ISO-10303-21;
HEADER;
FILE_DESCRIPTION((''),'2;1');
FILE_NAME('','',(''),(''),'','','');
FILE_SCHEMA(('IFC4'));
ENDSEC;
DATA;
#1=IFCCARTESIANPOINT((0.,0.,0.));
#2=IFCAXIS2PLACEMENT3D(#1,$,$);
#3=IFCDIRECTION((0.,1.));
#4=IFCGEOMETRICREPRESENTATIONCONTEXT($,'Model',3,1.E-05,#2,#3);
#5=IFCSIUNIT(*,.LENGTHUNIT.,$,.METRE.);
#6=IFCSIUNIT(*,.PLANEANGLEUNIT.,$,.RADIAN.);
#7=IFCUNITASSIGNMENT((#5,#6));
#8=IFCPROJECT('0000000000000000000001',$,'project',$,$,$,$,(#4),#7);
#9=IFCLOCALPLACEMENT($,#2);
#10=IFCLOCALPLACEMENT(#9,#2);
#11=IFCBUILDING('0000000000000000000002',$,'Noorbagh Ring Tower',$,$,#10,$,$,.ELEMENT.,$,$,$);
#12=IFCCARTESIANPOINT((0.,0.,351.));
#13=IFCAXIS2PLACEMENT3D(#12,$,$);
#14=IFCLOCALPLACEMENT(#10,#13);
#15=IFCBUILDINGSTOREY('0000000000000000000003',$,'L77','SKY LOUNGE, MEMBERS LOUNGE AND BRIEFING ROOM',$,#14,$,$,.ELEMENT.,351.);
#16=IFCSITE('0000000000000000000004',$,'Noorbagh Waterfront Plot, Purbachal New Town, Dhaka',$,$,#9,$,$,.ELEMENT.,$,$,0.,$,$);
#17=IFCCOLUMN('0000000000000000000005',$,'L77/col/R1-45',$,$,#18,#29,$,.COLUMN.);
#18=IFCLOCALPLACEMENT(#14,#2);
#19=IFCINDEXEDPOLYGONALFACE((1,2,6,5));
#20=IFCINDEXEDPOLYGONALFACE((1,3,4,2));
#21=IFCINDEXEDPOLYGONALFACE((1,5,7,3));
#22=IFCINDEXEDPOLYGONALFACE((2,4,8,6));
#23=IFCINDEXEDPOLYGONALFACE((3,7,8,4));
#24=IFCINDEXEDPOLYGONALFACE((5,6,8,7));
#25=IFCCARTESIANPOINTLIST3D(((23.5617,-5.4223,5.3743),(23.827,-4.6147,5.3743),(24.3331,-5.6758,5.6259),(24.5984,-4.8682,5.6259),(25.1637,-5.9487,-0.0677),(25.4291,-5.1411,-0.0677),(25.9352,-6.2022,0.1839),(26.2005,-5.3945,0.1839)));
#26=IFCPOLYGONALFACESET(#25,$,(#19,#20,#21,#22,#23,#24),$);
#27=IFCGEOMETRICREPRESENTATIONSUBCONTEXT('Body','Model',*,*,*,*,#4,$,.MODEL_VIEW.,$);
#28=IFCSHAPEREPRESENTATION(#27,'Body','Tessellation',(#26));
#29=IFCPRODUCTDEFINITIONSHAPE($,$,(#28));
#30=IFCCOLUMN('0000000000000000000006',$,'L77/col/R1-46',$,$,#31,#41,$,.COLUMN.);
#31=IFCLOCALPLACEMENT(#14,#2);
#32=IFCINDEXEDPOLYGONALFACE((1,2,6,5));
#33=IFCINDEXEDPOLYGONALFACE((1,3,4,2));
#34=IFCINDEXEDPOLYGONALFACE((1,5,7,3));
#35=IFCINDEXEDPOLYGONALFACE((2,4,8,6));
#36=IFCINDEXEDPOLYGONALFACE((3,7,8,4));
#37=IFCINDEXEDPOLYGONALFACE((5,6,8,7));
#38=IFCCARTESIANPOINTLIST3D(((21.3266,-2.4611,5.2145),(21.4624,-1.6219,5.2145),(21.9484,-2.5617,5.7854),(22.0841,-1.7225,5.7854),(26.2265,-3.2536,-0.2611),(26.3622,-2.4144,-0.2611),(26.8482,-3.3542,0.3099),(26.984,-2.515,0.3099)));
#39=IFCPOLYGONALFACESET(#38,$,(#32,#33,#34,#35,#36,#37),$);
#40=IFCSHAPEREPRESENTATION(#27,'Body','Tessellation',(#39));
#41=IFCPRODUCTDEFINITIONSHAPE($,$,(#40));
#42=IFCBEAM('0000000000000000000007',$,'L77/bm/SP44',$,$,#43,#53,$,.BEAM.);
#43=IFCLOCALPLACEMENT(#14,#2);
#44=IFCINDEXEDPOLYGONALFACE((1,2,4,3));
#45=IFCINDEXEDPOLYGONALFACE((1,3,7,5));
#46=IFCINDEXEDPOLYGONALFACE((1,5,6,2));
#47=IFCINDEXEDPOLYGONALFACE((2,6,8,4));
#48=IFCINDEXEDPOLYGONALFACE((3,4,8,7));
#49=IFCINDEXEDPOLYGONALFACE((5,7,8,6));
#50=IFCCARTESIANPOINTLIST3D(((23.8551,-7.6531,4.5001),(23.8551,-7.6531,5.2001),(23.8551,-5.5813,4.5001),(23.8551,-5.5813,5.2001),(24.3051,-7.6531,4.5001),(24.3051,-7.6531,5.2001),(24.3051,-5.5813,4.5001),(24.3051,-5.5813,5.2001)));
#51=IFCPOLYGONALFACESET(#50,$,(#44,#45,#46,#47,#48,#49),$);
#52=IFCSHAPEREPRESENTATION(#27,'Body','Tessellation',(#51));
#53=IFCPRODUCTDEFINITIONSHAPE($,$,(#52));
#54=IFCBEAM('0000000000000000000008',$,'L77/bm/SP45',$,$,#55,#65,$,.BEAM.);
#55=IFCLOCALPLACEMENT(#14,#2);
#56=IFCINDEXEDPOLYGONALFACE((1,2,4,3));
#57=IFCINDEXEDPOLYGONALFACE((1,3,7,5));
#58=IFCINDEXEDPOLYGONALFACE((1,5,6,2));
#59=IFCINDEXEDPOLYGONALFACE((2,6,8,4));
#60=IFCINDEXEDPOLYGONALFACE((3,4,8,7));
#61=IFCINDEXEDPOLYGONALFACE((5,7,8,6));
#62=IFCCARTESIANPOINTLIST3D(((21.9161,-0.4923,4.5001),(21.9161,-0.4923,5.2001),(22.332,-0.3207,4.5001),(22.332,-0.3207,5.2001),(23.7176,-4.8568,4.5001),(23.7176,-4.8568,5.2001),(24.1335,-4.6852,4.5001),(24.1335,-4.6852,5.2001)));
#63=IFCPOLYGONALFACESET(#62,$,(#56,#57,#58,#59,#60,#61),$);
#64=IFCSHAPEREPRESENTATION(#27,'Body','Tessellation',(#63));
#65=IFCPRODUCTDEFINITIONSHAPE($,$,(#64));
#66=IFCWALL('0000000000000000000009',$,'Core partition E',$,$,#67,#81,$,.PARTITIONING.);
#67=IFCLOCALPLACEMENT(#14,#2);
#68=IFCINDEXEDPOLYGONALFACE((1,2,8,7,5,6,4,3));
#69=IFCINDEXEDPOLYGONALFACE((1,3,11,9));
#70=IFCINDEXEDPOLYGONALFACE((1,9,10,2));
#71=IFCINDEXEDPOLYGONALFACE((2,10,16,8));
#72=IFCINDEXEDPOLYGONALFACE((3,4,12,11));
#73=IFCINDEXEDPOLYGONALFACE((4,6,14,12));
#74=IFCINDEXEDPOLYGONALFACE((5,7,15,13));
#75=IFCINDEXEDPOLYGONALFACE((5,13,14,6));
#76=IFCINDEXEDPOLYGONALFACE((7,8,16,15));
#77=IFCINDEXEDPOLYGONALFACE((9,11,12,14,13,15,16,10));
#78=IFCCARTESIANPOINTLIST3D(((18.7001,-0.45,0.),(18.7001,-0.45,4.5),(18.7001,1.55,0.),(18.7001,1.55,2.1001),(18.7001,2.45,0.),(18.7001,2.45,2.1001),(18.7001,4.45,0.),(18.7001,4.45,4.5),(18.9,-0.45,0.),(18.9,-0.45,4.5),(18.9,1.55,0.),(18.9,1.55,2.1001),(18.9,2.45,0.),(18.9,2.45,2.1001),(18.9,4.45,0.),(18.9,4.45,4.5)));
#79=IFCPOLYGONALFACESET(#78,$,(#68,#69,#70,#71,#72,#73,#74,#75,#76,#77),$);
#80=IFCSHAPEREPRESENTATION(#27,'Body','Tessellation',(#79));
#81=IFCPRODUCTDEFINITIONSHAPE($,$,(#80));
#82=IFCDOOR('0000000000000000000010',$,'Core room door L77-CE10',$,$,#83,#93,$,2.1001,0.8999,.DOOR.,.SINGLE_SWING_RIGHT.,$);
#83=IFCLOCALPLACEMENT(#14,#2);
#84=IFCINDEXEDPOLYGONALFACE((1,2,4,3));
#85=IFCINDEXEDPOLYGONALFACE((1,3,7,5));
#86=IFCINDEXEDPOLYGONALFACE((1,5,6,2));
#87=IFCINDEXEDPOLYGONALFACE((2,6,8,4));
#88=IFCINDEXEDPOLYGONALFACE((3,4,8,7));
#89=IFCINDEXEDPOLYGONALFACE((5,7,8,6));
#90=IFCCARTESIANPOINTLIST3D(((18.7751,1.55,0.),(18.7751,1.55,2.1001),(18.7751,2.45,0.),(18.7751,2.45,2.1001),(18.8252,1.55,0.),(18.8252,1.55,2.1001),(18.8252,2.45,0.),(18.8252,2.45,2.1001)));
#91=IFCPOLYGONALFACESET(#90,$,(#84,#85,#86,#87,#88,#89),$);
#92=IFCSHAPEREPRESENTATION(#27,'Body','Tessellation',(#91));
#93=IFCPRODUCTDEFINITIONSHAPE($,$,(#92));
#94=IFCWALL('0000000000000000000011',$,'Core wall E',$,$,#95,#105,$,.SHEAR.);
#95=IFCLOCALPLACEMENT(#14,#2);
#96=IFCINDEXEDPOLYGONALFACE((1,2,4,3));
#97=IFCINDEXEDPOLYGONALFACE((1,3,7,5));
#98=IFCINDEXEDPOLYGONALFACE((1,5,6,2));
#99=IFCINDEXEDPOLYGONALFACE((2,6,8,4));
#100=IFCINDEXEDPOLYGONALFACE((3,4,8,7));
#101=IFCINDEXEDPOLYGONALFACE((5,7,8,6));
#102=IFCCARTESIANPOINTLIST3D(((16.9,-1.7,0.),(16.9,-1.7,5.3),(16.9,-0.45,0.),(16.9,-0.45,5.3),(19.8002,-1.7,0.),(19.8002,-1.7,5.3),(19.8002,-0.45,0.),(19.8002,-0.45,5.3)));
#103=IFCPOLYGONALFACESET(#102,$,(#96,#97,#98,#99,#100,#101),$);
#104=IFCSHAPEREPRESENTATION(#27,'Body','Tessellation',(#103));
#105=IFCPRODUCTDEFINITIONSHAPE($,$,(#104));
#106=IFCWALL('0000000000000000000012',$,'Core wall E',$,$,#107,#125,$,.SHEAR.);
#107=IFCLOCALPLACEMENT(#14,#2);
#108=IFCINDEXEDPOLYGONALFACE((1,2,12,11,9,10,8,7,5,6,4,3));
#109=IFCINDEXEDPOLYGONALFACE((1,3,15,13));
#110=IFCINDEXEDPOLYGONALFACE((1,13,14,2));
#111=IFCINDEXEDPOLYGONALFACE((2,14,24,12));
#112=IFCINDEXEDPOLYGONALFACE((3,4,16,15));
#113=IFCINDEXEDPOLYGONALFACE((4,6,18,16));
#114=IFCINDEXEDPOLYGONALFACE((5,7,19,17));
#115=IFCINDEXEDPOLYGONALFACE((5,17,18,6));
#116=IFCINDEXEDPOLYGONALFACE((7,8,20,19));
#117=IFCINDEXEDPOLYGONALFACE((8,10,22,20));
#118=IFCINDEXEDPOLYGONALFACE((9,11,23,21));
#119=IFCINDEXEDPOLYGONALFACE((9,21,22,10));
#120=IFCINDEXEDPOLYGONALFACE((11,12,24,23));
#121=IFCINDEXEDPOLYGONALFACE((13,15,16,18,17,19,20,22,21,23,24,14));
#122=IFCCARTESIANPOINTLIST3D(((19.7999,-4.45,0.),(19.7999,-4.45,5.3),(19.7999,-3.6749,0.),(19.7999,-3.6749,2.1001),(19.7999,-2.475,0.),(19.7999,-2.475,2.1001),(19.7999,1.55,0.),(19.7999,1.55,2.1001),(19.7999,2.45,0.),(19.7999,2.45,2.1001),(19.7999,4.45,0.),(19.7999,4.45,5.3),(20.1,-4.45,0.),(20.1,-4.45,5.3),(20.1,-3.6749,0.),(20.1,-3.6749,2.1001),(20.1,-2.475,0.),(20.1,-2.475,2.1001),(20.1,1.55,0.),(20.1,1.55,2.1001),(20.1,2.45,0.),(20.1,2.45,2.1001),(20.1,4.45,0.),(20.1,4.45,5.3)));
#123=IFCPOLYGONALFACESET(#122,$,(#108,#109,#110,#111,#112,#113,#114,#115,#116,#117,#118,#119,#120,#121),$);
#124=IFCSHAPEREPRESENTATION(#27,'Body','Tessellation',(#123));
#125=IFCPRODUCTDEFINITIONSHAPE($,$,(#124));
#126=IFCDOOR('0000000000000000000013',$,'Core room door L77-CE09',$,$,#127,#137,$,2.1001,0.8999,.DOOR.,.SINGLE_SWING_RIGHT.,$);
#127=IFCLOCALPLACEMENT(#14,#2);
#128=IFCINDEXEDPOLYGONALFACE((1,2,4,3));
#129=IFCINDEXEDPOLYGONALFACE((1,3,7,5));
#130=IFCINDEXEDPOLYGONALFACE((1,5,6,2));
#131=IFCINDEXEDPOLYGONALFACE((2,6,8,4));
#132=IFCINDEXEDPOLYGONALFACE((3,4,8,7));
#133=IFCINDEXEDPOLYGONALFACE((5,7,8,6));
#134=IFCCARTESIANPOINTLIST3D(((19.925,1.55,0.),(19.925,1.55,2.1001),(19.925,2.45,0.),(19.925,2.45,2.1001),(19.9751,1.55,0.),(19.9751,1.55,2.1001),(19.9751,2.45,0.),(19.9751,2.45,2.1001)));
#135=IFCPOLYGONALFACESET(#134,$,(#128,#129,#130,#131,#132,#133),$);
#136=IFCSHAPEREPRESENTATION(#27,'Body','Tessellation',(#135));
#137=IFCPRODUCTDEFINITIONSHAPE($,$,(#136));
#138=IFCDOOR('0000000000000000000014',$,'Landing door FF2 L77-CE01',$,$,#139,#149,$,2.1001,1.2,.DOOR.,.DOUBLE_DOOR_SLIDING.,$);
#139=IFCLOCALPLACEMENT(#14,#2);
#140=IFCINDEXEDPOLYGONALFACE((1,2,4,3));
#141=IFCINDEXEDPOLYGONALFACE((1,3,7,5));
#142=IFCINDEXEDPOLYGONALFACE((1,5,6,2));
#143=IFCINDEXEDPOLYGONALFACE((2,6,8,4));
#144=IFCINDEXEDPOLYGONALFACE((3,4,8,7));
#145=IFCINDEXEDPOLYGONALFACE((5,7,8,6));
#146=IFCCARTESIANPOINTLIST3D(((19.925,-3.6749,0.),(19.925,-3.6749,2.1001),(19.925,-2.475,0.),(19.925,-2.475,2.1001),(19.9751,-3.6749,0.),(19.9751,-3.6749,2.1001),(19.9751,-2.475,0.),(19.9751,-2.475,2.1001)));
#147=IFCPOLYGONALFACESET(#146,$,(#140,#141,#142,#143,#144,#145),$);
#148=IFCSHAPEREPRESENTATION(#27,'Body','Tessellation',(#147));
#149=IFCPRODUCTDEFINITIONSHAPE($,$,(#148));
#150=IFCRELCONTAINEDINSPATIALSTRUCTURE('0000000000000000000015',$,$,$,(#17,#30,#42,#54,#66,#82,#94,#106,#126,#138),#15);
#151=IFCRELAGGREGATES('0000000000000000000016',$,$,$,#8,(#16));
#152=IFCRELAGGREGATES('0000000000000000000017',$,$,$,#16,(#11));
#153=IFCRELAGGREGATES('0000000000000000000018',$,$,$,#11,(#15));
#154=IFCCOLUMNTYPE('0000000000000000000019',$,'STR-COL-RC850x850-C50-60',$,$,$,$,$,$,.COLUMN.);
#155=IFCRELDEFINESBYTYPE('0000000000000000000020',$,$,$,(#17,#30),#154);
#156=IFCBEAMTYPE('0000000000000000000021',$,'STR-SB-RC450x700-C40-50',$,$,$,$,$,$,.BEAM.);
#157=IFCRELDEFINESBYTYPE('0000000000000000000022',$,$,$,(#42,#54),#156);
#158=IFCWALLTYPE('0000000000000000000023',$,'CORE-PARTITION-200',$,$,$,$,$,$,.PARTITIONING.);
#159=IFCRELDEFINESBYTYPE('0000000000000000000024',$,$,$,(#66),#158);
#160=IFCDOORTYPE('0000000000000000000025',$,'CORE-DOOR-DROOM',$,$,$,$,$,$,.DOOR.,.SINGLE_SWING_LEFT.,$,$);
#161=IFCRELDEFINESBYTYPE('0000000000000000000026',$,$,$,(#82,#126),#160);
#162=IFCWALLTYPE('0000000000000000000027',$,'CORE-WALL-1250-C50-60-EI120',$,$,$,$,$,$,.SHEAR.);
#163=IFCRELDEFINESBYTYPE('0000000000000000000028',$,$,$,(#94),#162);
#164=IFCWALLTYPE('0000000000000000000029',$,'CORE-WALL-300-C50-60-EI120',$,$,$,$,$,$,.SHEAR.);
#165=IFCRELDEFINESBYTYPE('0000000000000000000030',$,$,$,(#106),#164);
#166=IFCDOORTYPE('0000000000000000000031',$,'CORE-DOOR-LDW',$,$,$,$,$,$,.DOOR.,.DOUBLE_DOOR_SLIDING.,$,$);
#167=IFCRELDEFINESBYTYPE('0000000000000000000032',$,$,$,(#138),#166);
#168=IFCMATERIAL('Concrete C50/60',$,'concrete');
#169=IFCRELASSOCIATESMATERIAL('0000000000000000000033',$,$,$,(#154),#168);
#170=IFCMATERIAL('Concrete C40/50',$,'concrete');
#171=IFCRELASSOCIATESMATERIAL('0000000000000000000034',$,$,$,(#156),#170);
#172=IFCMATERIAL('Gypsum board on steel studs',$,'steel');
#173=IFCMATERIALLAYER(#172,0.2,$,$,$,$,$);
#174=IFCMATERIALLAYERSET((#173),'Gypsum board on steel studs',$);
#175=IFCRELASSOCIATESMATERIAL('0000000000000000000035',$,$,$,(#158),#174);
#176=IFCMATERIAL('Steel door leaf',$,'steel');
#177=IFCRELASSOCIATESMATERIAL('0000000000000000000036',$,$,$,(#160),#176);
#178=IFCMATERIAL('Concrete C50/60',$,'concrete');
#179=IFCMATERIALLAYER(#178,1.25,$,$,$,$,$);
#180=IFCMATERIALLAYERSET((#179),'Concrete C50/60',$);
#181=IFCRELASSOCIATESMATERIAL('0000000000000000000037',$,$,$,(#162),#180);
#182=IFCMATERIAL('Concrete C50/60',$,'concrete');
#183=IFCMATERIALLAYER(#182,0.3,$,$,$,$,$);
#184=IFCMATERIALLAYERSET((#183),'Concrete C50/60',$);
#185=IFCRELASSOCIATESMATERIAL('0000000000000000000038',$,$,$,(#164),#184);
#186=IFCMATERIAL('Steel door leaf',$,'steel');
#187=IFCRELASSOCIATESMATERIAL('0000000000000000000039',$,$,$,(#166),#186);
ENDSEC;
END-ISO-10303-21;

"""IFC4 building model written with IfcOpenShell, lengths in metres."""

from ifc_helpers import new_model, si_unit, direction, frame, frame_2d, origin, origin_2d, place, context, subcontext, project, spatial, rectangle, extrude, material, layer, layer_set, material_profile, profile_set, type_object, element, fill, save


model = new_model("IFC4")

# Units and contexts
model_context = context("Model", 3, precision=1e-05, world=origin(), true_north=direction((0.0, 1.0)))
body_context = subcontext(model_context, "Body", "Model", "MODEL_VIEW")
ifc_project = project(units=[si_unit("LENGTHUNIT", "METRE"), si_unit("PLANEANGLEUNIT", "RADIAN")], contexts=[model_context])

# Site, building, storey
site_placement = place(None, origin())
site = spatial("IfcSite", under=ifc_project, at=site_placement, Name="Noorbagh Waterfront Plot, Purbachal New Town, Dhaka", CompositionType="ELEMENT", RefElevation=0.0)
building_placement = place(site_placement, origin())
building = spatial("IfcBuilding", under=site, at=building_placement, Name="Noorbagh Ring Tower", CompositionType="ELEMENT")
storey_placement = place(building_placement, frame((0.0, 0.0, 351.0)))
storey = spatial("IfcBuildingStorey", under=building, at=storey_placement, Name="L77", Description="SKY LOUNGE, MEMBERS LOUNGE AND BRIEFING ROOM", CompositionType="ELEMENT", Elevation=351.0)

# Columns
ifc_material_1 = material(Name="Concrete C50/60", Category="concrete")
ifc_material_profile_1 = material_profile(ifc_material_1, rectangle(XDim=0.8501, YDim=0.8501, at=origin_2d()), Name="RC850x850")
ifc_profile_set_1 = profile_set([ifc_material_profile_1], Name="Concrete C50/60")
column_type = type_object("IfcColumnType", Name="STR-COL-RC850x850-C50-60", PredefinedType="COLUMN", material=ifc_profile_set_1)
column_1_placement = place(storey_placement, frame((25.6821, -5.6716, 0.0581), z_axis=(-0.281201, 0.092391, 0.955191), x_axis=(-0.312142, -0.950035, 0.0)))
element("IfcColumn", 1, at=column_1_placement, inside=storey, type_object=column_type, Name="L77/col/R1-45", PredefinedType="COLUMN", context=body_context, shape_type="SweptSolid", body=[
    extrude(rectangle(XDim=0.8501, YDim=0.8501, at=origin_2d()), origin(), (0.0, 0.0, 1.0), 5.6973),
])
column_2_placement = place(storey_placement, frame((26.6052, -2.8843, 0.0244), z_axis=(-0.663002, 0.10723, 0.740898), x_axis=(-0.159659, -0.987172, 0.0)))
element("IfcColumn", 2, at=column_2_placement, inside=storey, type_object=column_type, Name="L77/col/R1-46", PredefinedType="COLUMN", context=body_context, shape_type="SweptSolid", body=[
    extrude(rectangle(XDim=0.8501, YDim=0.8501, at=origin_2d()), origin(), (0.0, 0.0, 1.0), 7.3904),
])

# Beams
ifc_material_2 = material(Name="Concrete C40/50", Category="concrete")
ifc_material_profile_2 = material_profile(ifc_material_2, rectangle(XDim=0.45, YDim=0.7, at=origin_2d()), Name="RC450x700")
ifc_profile_set_2 = profile_set([ifc_material_profile_2], Name="Concrete C40/50")
beam_type = type_object("IfcBeamType", Name="STR-SB-RC450x700-C40-50", PredefinedType="BEAM", material=ifc_profile_set_2)
beam_1_placement = place(storey_placement, frame((24.0801, -7.6531, 4.8501), z_axis=(0.0, 1.0, 0.0), x_axis=(-1.0, 0.0, 0.0)))
element("IfcBeam", 3, at=beam_1_placement, inside=storey, type_object=beam_type, Name="L77/bm/SP44", PredefinedType="BEAM", context=body_context, shape_type="SweptSolid", body=[
    extrude(rectangle(XDim=0.45, YDim=0.7, at=origin_2d()), origin(), (0.0, 0.0, 1.0), 2.0718),
])
beam_2_placement = place(storey_placement, frame((23.9255, -4.771, 4.8501), z_axis=(-0.38154, 0.924352, 0.0), x_axis=(-0.924352, -0.38154, 0.0)))
element("IfcBeam", 4, at=beam_2_placement, inside=storey, type_object=beam_type, Name="L77/bm/SP45", PredefinedType="BEAM", context=body_context, shape_type="SweptSolid", body=[
    extrude(rectangle(XDim=0.45, YDim=0.7, at=origin_2d()), origin(), (0.0, 0.0, 1.0), 4.7217),
])

# Wall, opening, door
ifc_material_3 = material(Name="Gypsum board on steel studs", Category="steel")
ifc_layer_1 = layer(ifc_material_3, 0.2)
ifc_layer_set_1 = layer_set([ifc_layer_1], Name="Gypsum board on steel studs")
wall_type_1 = type_object("IfcWallType", Name="CORE-PARTITION-200", PredefinedType="PARTITIONING", material=ifc_layer_set_1)
wall_1_placement = place(storey_placement, frame((18.8, -0.45, 0.0), z_axis=(0.0, 0.0, 1.0), x_axis=(0.0, 1.0, 0.0)))
wall_1 = element("IfcWall", 5, at=wall_1_placement, inside=storey, type_object=wall_type_1, Name="Core partition E", PredefinedType="PARTITIONING", context=body_context, shape_type="SweptSolid", body=[
    extrude(rectangle(XDim=4.8999, YDim=0.2, at=frame_2d((2.45, 0.0))), origin(), (0.0, 0.0, 1.0), 4.5),
])
opening_1_placement = place(wall_1_placement, frame((2.0, 0.0, 0.0)))
opening_1 = element("IfcOpeningElement", 6, at=opening_1_placement, cuts=wall_1, PredefinedType="OPENING", context=body_context, shape_type="SweptSolid", body=[
    extrude(rectangle(XDim=0.8999, YDim=2.1001, at=frame_2d((0.45, 1.05))), frame((0.0, 0.1099, 0.0), z_axis=(0.0, -1.0, 0.0), x_axis=(1.0, 0.0, 0.0)), (0.0, 0.0, 1.0), 0.22),
])
ifc_material_4 = material(Name="Steel door leaf", Category="steel")
door_type_1 = type_object("IfcDoorType", Name="CORE-DOOR-DROOM", OperationType="SINGLE_SWING_LEFT", PredefinedType="DOOR", material=ifc_material_4)
door_1_placement = place(opening_1_placement, origin())
door_1 = element("IfcDoor", 7, at=door_1_placement, inside=storey, type_object=door_type_1, Name="Core room door L77-CE10", OperationType="SINGLE_SWING_RIGHT", OverallHeight=2.1001, OverallWidth=0.8999, PredefinedType="DOOR", context=body_context, shape_type="SweptSolid", body=[
    extrude(rectangle(XDim=0.8999, YDim=2.1001, at=frame_2d((0.45, 1.05))), frame((0.0, 0.0249, 0.0), z_axis=(0.0, -1.0, 0.0), x_axis=(1.0, 0.0, 0.0)), (0.0, 0.0, 1.0), 0.05),
])
fill(opening_1, door_1)

# Wall
ifc_material_5 = material(Name="Concrete C50/60", Category="concrete")
ifc_layer_2 = layer(ifc_material_5, 1.25)
ifc_layer_set_2 = layer_set([ifc_layer_2], Name="Concrete C50/60")
wall_type_2 = type_object("IfcWallType", Name="CORE-WALL-1250-C50-60-EI120", PredefinedType="SHEAR", material=ifc_layer_set_2)
wall_2_placement = place(storey_placement, frame((16.8999, -1.075, 0.0), z_axis=(0.0, 0.0, 1.0), x_axis=(1.0, 0.0, 0.0)))
element("IfcWall", 8, at=wall_2_placement, inside=storey, type_object=wall_type_2, Name="Core wall E", PredefinedType="SHEAR", context=body_context, shape_type="SweptSolid", body=[
    extrude(rectangle(XDim=2.9001, YDim=1.25, at=frame_2d((1.4502, 0.0))), origin(), (0.0, 0.0, 1.0), 5.3),
])

# Wall, openings, doors
ifc_material_6 = material(Name="Concrete C50/60", Category="concrete")
ifc_layer_3 = layer(ifc_material_6, 0.3)
ifc_layer_set_3 = layer_set([ifc_layer_3], Name="Concrete C50/60")
wall_type_3 = type_object("IfcWallType", Name="CORE-WALL-300-C50-60-EI120", PredefinedType="SHEAR", material=ifc_layer_set_3)
wall_3_placement = place(storey_placement, frame((19.95, -4.45, 0.0), z_axis=(0.0, 0.0, 1.0), x_axis=(0.0, 1.0, 0.0)))
wall_3 = element("IfcWall", 9, at=wall_3_placement, inside=storey, type_object=wall_type_3, Name="Core wall E", PredefinedType="SHEAR", context=body_context, shape_type="SweptSolid", body=[
    extrude(rectangle(XDim=8.8999, YDim=0.3, at=frame_2d((4.45, 0.0))), origin(), (0.0, 0.0, 1.0), 5.3),
])
opening_2_placement = place(wall_3_placement, frame((0.7749, 0.0, 0.0)))
opening_2 = element("IfcOpeningElement", 10, at=opening_2_placement, cuts=wall_3, PredefinedType="OPENING", context=body_context, shape_type="SweptSolid", body=[
    extrude(rectangle(XDim=1.2, YDim=2.1001, at=frame_2d((0.6001, 1.05))), frame((0.0, 0.1602, 0.0), z_axis=(0.0, -1.0, 0.0), x_axis=(1.0, 0.0, 0.0)), (0.0, 0.0, 1.0), 0.3201),
])
opening_3_placement = place(wall_3_placement, frame((6.0, 0.0, 0.0)))
opening_3 = element("IfcOpeningElement", 11, at=opening_3_placement, cuts=wall_3, PredefinedType="OPENING", context=body_context, shape_type="SweptSolid", body=[
    extrude(rectangle(XDim=0.8999, YDim=2.1001, at=frame_2d((0.45, 1.05))), frame((0.0, 0.1602, 0.0), z_axis=(0.0, -1.0, 0.0), x_axis=(1.0, 0.0, 0.0)), (0.0, 0.0, 1.0), 0.3201),
])
door_2_placement = place(opening_3_placement, origin())
door_2 = element("IfcDoor", 12, at=door_2_placement, inside=storey, type_object=door_type_1, Name="Core room door L77-CE09", OperationType="SINGLE_SWING_RIGHT", OverallHeight=2.1001, OverallWidth=0.8999, PredefinedType="DOOR", context=body_context, shape_type="SweptSolid", body=[
    extrude(rectangle(XDim=0.8999, YDim=2.1001, at=frame_2d((0.45, 1.05))), frame((0.0, 0.0249, 0.0), z_axis=(0.0, -1.0, 0.0), x_axis=(1.0, 0.0, 0.0)), (0.0, 0.0, 1.0), 0.05),
])
fill(opening_3, door_2)
ifc_material_7 = material(Name="Steel door leaf", Category="steel")
door_type_2 = type_object("IfcDoorType", Name="CORE-DOOR-LDW", OperationType="DOUBLE_DOOR_SLIDING", PredefinedType="DOOR", material=ifc_material_7)
door_3_placement = place(opening_2_placement, origin())
door_3 = element("IfcDoor", 13, at=door_3_placement, inside=storey, type_object=door_type_2, Name="Landing door FF2 L77-CE01", OperationType="DOUBLE_DOOR_SLIDING", OverallHeight=2.1001, OverallWidth=1.2, PredefinedType="DOOR", context=body_context, shape_type="SweptSolid", body=[
    extrude(rectangle(XDim=1.2, YDim=2.1001, at=frame_2d((0.6001, 1.05))), frame((0.0, 0.0249, 0.0), z_axis=(0.0, -1.0, 0.0), x_axis=(1.0, 0.0, 0.0)), (0.0, 0.0, 1.0), 0.05),
])
fill(opening_2, door_3)

save(model, "model.ifc")
